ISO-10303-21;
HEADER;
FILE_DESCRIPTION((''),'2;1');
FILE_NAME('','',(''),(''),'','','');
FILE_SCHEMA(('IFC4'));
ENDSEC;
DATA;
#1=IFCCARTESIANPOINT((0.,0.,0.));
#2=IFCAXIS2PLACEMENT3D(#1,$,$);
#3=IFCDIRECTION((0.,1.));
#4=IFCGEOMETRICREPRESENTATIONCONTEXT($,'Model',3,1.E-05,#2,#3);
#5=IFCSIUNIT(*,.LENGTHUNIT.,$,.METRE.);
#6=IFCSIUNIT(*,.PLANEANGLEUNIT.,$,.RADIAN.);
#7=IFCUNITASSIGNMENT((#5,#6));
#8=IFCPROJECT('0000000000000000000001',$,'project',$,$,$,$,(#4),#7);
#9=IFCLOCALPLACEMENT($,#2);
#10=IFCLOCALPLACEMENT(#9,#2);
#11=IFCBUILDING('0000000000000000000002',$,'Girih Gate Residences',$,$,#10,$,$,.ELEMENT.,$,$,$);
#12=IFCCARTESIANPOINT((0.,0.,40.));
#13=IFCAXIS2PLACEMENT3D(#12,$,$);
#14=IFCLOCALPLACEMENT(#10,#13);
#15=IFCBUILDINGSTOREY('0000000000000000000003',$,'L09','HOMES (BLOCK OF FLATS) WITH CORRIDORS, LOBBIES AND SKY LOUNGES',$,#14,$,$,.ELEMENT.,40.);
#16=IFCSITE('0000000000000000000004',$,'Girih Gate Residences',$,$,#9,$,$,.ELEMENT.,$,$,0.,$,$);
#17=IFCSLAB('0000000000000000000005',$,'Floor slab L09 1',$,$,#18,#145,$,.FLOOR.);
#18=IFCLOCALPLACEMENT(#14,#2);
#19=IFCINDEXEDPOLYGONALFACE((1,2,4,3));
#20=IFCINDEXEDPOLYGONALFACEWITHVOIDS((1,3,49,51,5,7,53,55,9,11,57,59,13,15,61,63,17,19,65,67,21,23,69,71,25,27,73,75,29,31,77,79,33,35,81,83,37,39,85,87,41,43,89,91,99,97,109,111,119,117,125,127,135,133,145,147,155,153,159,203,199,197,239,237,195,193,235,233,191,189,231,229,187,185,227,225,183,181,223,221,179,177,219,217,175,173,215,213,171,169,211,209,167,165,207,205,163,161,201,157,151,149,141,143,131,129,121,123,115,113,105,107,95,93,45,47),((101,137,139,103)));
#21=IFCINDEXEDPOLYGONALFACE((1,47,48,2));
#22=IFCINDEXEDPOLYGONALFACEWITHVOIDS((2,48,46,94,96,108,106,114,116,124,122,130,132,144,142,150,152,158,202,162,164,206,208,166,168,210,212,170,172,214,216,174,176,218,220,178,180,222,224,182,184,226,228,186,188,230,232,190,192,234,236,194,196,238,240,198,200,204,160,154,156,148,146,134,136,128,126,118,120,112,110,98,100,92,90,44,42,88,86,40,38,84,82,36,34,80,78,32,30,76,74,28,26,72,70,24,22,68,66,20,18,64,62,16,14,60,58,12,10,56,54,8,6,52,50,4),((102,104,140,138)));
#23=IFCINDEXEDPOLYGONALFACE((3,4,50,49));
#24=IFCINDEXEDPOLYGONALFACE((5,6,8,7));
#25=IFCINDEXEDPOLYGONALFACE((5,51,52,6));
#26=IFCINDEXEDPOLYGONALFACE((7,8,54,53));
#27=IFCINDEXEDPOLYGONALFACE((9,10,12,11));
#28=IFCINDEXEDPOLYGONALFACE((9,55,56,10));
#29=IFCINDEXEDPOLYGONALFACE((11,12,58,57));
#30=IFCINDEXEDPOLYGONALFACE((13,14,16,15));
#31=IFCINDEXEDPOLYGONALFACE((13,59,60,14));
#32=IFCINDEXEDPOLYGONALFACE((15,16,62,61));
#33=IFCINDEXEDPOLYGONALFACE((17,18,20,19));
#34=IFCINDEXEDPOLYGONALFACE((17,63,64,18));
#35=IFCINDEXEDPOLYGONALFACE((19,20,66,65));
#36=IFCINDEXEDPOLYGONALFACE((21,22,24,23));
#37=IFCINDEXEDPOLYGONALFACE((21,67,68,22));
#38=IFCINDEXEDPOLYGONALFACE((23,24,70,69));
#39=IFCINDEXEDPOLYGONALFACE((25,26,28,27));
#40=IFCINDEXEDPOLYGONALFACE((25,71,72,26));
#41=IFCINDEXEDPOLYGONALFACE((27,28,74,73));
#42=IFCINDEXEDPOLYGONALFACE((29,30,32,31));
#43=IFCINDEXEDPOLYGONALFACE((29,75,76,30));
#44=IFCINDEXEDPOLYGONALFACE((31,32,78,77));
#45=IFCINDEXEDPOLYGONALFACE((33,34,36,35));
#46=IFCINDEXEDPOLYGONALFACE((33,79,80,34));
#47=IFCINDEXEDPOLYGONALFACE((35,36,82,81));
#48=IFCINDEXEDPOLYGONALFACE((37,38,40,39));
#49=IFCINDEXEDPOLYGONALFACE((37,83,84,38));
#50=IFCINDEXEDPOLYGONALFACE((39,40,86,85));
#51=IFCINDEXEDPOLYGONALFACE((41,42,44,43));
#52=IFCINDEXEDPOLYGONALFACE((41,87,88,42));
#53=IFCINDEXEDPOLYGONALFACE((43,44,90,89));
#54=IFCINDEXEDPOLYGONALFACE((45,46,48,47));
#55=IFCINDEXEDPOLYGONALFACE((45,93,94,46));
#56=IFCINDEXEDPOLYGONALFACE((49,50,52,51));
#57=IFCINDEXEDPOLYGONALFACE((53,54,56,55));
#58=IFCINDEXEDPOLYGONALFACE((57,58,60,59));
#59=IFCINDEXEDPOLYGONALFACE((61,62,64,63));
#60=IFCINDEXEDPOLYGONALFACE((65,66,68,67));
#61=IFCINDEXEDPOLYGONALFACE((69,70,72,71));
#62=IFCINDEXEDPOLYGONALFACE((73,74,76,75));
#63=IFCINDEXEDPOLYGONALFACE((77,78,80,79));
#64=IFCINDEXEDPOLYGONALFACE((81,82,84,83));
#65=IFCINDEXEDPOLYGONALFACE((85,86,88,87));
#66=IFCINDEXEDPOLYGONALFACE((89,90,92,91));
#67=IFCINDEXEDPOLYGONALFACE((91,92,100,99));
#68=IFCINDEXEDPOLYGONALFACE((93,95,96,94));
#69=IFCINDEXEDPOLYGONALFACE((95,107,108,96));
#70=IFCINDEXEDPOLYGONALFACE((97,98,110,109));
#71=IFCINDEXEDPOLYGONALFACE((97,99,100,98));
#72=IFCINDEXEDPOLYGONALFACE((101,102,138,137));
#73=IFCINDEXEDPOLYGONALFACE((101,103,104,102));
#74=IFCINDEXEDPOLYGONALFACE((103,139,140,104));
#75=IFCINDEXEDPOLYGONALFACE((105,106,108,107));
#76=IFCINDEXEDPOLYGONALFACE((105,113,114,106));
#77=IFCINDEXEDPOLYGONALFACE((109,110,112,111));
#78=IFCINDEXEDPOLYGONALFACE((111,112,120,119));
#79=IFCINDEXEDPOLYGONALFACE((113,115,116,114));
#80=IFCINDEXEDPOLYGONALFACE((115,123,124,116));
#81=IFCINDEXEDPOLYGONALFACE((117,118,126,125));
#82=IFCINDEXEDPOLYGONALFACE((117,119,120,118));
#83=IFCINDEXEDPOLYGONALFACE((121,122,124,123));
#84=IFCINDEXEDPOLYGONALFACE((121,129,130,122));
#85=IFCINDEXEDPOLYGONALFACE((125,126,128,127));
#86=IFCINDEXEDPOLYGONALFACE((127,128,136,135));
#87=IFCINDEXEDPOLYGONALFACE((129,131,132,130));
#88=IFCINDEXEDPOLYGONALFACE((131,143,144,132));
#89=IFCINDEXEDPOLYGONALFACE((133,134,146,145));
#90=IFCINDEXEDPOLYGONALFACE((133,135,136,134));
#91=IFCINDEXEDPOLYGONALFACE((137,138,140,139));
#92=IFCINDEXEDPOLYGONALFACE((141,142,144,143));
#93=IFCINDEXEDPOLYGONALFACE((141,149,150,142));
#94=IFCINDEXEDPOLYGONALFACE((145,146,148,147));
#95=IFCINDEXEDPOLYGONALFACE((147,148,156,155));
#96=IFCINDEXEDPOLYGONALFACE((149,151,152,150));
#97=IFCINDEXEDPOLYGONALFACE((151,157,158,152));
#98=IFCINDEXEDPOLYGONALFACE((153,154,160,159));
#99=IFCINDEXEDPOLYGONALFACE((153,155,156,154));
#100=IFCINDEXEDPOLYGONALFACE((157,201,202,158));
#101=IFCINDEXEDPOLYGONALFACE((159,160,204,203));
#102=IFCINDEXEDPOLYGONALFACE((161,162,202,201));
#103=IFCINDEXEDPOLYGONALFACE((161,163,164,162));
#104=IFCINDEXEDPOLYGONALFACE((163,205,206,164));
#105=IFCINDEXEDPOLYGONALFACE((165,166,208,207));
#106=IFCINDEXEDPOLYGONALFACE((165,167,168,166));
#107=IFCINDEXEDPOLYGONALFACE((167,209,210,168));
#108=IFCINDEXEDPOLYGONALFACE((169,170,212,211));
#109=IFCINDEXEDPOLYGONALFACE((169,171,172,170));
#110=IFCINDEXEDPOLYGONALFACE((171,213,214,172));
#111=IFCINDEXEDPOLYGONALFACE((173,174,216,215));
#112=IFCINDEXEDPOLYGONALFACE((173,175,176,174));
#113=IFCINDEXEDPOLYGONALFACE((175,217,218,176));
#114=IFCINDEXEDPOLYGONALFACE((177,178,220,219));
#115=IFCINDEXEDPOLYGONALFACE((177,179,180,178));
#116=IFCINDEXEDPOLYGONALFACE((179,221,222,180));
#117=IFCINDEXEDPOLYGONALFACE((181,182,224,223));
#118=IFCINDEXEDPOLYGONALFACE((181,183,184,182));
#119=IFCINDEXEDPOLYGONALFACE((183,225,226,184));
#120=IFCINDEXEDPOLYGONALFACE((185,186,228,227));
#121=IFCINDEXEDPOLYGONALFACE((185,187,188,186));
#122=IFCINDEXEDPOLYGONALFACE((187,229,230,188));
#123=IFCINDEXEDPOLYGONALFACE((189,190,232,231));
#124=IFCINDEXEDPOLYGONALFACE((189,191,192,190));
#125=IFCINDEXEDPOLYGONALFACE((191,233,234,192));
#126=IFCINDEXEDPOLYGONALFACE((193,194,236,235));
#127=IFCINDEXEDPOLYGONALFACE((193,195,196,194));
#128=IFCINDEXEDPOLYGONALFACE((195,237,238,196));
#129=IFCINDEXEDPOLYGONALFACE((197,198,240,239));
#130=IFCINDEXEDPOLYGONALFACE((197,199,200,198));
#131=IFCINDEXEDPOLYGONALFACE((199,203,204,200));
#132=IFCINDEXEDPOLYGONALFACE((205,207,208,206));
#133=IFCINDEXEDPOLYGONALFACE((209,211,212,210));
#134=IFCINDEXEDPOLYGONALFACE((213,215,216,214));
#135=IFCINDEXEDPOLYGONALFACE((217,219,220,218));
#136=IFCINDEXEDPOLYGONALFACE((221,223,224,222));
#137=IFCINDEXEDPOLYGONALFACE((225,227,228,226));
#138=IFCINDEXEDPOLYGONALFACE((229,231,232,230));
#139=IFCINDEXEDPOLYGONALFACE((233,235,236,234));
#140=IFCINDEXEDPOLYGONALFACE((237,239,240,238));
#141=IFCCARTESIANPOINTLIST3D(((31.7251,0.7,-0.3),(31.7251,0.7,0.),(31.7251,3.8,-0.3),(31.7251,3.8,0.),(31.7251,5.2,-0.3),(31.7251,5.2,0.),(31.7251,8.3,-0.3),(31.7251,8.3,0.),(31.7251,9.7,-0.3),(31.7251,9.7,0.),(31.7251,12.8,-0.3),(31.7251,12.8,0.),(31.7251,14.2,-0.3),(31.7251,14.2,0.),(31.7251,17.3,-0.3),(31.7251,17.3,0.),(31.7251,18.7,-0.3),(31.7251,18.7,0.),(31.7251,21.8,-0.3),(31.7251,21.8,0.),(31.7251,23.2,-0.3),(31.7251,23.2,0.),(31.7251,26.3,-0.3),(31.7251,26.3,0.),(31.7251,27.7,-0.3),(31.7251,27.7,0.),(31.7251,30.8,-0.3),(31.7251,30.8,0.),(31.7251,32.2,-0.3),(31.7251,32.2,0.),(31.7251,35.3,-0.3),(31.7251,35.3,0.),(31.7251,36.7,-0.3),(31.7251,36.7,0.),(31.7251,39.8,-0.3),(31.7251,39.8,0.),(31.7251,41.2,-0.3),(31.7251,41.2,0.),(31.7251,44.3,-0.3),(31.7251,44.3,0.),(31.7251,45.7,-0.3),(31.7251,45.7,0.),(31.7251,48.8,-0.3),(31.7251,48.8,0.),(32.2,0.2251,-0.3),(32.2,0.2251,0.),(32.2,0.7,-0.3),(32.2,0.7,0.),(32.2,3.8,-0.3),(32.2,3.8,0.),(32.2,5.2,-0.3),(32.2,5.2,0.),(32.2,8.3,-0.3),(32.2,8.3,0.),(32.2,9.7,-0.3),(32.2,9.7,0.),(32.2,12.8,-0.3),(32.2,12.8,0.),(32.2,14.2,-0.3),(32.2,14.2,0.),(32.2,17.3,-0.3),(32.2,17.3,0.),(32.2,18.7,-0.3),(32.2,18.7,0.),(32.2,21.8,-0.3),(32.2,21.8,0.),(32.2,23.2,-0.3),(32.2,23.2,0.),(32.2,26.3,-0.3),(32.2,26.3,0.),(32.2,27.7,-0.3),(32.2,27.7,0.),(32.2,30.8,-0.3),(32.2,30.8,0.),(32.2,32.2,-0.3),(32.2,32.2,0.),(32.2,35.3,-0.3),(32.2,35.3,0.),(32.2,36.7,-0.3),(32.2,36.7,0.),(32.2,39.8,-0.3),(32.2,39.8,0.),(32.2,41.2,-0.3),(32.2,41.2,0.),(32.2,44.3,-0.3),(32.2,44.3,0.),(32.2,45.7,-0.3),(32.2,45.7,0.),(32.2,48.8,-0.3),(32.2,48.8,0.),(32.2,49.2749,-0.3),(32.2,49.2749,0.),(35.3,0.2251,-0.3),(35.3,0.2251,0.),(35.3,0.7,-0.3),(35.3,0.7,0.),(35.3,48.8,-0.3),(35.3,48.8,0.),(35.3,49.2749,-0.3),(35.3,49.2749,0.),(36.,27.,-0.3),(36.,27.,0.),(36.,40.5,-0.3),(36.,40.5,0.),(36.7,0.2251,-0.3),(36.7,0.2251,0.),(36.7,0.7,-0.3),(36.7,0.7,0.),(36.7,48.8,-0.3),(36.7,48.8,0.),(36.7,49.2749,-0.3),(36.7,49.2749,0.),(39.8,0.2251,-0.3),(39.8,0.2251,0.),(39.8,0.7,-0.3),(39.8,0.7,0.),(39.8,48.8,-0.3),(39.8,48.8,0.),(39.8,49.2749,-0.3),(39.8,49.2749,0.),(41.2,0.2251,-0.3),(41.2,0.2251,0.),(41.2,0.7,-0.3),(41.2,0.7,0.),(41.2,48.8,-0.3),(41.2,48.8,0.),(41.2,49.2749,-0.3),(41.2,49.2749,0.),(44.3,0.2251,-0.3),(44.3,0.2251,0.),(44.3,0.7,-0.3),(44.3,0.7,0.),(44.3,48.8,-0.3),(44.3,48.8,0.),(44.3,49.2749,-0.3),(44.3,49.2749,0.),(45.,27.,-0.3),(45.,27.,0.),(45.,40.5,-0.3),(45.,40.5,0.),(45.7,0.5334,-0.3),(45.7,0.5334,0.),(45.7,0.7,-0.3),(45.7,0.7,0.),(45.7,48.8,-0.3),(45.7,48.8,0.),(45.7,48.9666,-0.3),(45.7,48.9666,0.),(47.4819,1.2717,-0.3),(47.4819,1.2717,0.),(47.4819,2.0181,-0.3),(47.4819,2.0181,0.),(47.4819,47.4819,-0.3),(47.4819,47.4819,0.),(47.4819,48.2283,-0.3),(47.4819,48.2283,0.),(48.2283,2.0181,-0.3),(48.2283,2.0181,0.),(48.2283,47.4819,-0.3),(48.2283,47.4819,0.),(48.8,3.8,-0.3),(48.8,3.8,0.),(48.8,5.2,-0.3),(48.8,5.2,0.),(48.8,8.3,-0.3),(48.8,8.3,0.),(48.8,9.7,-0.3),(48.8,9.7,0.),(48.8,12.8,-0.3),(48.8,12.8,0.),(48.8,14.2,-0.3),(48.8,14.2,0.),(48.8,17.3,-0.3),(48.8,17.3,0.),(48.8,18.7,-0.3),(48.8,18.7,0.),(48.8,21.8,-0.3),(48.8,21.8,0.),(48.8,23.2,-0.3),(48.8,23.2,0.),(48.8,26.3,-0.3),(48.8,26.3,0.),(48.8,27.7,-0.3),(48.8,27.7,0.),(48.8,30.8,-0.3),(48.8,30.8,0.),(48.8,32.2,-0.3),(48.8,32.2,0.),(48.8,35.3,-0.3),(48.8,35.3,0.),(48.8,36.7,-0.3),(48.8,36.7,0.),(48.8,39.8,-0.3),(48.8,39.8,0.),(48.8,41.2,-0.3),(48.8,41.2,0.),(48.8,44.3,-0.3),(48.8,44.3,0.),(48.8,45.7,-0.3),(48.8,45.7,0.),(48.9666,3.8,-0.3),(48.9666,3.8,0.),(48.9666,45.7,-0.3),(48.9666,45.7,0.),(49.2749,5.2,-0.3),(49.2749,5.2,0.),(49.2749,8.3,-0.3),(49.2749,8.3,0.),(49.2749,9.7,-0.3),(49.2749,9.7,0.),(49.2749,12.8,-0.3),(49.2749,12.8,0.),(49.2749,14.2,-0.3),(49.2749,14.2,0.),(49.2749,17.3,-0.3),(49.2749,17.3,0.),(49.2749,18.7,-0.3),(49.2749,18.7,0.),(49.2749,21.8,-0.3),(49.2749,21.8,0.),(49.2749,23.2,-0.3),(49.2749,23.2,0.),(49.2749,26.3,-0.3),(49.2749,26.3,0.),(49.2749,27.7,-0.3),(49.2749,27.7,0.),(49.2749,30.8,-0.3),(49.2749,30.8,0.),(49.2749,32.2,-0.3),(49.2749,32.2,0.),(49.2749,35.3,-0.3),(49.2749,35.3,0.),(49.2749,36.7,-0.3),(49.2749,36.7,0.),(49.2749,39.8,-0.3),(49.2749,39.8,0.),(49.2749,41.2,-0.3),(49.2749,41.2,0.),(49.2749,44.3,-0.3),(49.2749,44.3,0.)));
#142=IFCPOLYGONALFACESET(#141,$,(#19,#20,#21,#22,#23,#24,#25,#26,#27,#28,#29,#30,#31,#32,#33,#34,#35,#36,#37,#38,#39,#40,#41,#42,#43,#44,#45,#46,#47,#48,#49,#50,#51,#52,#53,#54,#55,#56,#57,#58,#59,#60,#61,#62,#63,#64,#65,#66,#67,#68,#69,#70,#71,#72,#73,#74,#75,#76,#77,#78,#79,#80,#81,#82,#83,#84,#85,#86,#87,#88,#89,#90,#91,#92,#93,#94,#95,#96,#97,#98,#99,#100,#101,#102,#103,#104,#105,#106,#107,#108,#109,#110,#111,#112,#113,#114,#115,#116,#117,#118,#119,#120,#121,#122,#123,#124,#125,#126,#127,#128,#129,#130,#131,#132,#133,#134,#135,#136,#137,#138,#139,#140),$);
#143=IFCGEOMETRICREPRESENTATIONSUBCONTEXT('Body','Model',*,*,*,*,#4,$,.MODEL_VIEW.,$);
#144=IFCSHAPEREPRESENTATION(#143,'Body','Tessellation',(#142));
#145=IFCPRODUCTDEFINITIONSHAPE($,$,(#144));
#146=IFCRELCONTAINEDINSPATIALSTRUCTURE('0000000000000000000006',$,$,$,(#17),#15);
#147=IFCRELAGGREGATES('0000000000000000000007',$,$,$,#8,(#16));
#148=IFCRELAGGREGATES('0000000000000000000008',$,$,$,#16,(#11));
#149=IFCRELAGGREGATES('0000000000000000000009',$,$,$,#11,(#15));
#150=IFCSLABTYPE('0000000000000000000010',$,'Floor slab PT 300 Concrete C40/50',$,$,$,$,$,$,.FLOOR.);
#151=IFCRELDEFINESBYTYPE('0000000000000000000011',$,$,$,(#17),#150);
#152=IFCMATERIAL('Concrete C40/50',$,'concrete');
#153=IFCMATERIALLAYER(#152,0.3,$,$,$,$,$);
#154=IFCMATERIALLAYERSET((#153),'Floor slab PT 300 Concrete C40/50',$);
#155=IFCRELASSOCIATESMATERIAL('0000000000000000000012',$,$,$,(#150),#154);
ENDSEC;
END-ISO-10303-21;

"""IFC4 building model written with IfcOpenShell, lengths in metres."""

from ifc_helpers import new_model, si_unit, direction, frame, origin, place, context, subcontext, project, spatial, polyline, outline, extrude, material, layer, layer_set, type_object, element, save


model = new_model("IFC4")

# Units and contexts
model_context = context("Model", 3, precision=1e-05, world=origin(), true_north=direction((0.0, 1.0)))
body_context = subcontext(model_context, "Body", "Model", "MODEL_VIEW")
ifc_project = project(units=[si_unit("LENGTHUNIT", "METRE"), si_unit("PLANEANGLEUNIT", "RADIAN")], contexts=[model_context])

# Site, building, storey
site_placement = place(None, origin())
site = spatial("IfcSite", under=ifc_project, at=site_placement, Name="Girih Gate Residences", CompositionType="ELEMENT", RefElevation=0.0)
building_placement = place(site_placement, origin())
building = spatial("IfcBuilding", under=site, at=building_placement, Name="Girih Gate Residences", CompositionType="ELEMENT")
storey_placement = place(building_placement, frame((0.0, 0.0, 40.0)))
storey = spatial("IfcBuildingStorey", under=building, at=storey_placement, Name="L09", Description="HOMES (BLOCK OF FLATS) WITH CORRIDORS, LOBBIES AND SKY LOUNGES", CompositionType="ELEMENT", Elevation=40.0)

# Slab
ifc_material_1 = material(Name="Concrete C40/50", Category="concrete")
ifc_layer_1 = layer(ifc_material_1, 0.3)
ifc_layer_set_1 = layer_set([ifc_layer_1], Name="Floor slab PT 300 Concrete C40/50")
slab_type_1 = type_object("IfcSlabType", Name="Floor slab PT 300 Concrete C40/50", PredefinedType="FLOOR", material=ifc_layer_set_1)
slab_1_placement = place(storey_placement, frame((0.0, 0.0, -0.3)))
element("IfcSlab", 1, at=slab_1_placement, inside=storey, type_object=slab_type_1, Name="Floor slab L09 1", PredefinedType="FLOOR", context=body_context, shape_type="SweptSolid", body=[
    extrude(outline(polyline([(35.3, 49.2749), (32.2, 49.2749), (32.2, 48.8), (31.7251, 48.8), (31.7251, 45.7), (32.2, 45.7), (32.2, 44.3), (31.7251, 44.3), (31.7251, 41.2), (32.2, 41.2), (32.2, 39.8), (31.7251, 39.8), (31.7251, 36.7), (32.2, 36.7), (32.2, 35.3), (31.7251, 35.3), (31.7251, 32.2), (32.2, 32.2), (32.2, 30.8), (31.7251, 30.8), (31.7251, 27.7), (32.2, 27.7), (32.2, 26.3), (31.7251, 26.3), (31.7251, 23.2), (32.2, 23.2), (32.2, 21.8), (31.7251, 21.8), (31.7251, 18.7), (32.2, 18.7), (32.2, 17.3), (31.7251, 17.3), (31.7251, 14.2), (32.2, 14.2), (32.2, 12.8), (31.7251, 12.8), (31.7251, 9.7), (32.2, 9.7), (32.2, 8.3), (31.7251, 8.3), (31.7251, 5.2), (32.2, 5.2), (32.2, 3.8), (31.7251, 3.8), (31.7251, 0.7), (32.2, 0.7), (32.2, 0.2251), (35.3, 0.2251), (35.3, 0.7), (36.7, 0.7), (36.7, 0.2251), (39.8, 0.2251), (39.8, 0.7), (41.2, 0.7), (41.2, 0.2251), (44.3, 0.2251), (44.3, 0.7), (45.7, 0.7), (45.7, 0.5334), (47.4819, 1.2717), (47.4819, 2.0181), (48.2283, 2.0181), (48.9666, 3.8), (48.8, 3.8), (48.8, 5.2), (49.2749, 5.2), (49.2749, 8.3), (48.8, 8.3), (48.8, 9.7), (49.2749, 9.7), (49.2749, 12.8), (48.8, 12.8), (48.8, 14.2), (49.2749, 14.2), (49.2749, 17.3), (48.8, 17.3), (48.8, 18.7), (49.2749, 18.7), (49.2749, 21.8), (48.8, 21.8), (48.8, 23.2), (49.2749, 23.2), (49.2749, 26.3), (48.8, 26.3), (48.8, 27.7), (49.2749, 27.7), (49.2749, 30.8), (48.8, 30.8), (48.8, 32.2), (49.2749, 32.2), (49.2749, 35.3), (48.8, 35.3), (48.8, 36.7), (49.2749, 36.7), (49.2749, 39.8), (48.8, 39.8), (48.8, 41.2), (49.2749, 41.2), (49.2749, 44.3), (48.8, 44.3), (48.8, 45.7), (48.9666, 45.7), (48.2283, 47.4819), (47.4819, 47.4819), (47.4819, 48.2283), (45.7, 48.9666), (45.7, 48.8), (44.3, 48.8), (44.3, 49.2749), (41.2, 49.2749), (41.2, 48.8), (39.8, 48.8), (39.8, 49.2749), (36.7, 49.2749), (36.7, 48.8), (35.3, 48.8), (35.3, 49.2749)]), holes=[polyline([(45.0, 40.5), (45.0, 27.0), (36.0, 27.0), (36.0, 40.5), (45.0, 40.5)])]), origin(), (0.0, 0.0, 1.0), 0.3),
])

save(model, "model.ifc")
